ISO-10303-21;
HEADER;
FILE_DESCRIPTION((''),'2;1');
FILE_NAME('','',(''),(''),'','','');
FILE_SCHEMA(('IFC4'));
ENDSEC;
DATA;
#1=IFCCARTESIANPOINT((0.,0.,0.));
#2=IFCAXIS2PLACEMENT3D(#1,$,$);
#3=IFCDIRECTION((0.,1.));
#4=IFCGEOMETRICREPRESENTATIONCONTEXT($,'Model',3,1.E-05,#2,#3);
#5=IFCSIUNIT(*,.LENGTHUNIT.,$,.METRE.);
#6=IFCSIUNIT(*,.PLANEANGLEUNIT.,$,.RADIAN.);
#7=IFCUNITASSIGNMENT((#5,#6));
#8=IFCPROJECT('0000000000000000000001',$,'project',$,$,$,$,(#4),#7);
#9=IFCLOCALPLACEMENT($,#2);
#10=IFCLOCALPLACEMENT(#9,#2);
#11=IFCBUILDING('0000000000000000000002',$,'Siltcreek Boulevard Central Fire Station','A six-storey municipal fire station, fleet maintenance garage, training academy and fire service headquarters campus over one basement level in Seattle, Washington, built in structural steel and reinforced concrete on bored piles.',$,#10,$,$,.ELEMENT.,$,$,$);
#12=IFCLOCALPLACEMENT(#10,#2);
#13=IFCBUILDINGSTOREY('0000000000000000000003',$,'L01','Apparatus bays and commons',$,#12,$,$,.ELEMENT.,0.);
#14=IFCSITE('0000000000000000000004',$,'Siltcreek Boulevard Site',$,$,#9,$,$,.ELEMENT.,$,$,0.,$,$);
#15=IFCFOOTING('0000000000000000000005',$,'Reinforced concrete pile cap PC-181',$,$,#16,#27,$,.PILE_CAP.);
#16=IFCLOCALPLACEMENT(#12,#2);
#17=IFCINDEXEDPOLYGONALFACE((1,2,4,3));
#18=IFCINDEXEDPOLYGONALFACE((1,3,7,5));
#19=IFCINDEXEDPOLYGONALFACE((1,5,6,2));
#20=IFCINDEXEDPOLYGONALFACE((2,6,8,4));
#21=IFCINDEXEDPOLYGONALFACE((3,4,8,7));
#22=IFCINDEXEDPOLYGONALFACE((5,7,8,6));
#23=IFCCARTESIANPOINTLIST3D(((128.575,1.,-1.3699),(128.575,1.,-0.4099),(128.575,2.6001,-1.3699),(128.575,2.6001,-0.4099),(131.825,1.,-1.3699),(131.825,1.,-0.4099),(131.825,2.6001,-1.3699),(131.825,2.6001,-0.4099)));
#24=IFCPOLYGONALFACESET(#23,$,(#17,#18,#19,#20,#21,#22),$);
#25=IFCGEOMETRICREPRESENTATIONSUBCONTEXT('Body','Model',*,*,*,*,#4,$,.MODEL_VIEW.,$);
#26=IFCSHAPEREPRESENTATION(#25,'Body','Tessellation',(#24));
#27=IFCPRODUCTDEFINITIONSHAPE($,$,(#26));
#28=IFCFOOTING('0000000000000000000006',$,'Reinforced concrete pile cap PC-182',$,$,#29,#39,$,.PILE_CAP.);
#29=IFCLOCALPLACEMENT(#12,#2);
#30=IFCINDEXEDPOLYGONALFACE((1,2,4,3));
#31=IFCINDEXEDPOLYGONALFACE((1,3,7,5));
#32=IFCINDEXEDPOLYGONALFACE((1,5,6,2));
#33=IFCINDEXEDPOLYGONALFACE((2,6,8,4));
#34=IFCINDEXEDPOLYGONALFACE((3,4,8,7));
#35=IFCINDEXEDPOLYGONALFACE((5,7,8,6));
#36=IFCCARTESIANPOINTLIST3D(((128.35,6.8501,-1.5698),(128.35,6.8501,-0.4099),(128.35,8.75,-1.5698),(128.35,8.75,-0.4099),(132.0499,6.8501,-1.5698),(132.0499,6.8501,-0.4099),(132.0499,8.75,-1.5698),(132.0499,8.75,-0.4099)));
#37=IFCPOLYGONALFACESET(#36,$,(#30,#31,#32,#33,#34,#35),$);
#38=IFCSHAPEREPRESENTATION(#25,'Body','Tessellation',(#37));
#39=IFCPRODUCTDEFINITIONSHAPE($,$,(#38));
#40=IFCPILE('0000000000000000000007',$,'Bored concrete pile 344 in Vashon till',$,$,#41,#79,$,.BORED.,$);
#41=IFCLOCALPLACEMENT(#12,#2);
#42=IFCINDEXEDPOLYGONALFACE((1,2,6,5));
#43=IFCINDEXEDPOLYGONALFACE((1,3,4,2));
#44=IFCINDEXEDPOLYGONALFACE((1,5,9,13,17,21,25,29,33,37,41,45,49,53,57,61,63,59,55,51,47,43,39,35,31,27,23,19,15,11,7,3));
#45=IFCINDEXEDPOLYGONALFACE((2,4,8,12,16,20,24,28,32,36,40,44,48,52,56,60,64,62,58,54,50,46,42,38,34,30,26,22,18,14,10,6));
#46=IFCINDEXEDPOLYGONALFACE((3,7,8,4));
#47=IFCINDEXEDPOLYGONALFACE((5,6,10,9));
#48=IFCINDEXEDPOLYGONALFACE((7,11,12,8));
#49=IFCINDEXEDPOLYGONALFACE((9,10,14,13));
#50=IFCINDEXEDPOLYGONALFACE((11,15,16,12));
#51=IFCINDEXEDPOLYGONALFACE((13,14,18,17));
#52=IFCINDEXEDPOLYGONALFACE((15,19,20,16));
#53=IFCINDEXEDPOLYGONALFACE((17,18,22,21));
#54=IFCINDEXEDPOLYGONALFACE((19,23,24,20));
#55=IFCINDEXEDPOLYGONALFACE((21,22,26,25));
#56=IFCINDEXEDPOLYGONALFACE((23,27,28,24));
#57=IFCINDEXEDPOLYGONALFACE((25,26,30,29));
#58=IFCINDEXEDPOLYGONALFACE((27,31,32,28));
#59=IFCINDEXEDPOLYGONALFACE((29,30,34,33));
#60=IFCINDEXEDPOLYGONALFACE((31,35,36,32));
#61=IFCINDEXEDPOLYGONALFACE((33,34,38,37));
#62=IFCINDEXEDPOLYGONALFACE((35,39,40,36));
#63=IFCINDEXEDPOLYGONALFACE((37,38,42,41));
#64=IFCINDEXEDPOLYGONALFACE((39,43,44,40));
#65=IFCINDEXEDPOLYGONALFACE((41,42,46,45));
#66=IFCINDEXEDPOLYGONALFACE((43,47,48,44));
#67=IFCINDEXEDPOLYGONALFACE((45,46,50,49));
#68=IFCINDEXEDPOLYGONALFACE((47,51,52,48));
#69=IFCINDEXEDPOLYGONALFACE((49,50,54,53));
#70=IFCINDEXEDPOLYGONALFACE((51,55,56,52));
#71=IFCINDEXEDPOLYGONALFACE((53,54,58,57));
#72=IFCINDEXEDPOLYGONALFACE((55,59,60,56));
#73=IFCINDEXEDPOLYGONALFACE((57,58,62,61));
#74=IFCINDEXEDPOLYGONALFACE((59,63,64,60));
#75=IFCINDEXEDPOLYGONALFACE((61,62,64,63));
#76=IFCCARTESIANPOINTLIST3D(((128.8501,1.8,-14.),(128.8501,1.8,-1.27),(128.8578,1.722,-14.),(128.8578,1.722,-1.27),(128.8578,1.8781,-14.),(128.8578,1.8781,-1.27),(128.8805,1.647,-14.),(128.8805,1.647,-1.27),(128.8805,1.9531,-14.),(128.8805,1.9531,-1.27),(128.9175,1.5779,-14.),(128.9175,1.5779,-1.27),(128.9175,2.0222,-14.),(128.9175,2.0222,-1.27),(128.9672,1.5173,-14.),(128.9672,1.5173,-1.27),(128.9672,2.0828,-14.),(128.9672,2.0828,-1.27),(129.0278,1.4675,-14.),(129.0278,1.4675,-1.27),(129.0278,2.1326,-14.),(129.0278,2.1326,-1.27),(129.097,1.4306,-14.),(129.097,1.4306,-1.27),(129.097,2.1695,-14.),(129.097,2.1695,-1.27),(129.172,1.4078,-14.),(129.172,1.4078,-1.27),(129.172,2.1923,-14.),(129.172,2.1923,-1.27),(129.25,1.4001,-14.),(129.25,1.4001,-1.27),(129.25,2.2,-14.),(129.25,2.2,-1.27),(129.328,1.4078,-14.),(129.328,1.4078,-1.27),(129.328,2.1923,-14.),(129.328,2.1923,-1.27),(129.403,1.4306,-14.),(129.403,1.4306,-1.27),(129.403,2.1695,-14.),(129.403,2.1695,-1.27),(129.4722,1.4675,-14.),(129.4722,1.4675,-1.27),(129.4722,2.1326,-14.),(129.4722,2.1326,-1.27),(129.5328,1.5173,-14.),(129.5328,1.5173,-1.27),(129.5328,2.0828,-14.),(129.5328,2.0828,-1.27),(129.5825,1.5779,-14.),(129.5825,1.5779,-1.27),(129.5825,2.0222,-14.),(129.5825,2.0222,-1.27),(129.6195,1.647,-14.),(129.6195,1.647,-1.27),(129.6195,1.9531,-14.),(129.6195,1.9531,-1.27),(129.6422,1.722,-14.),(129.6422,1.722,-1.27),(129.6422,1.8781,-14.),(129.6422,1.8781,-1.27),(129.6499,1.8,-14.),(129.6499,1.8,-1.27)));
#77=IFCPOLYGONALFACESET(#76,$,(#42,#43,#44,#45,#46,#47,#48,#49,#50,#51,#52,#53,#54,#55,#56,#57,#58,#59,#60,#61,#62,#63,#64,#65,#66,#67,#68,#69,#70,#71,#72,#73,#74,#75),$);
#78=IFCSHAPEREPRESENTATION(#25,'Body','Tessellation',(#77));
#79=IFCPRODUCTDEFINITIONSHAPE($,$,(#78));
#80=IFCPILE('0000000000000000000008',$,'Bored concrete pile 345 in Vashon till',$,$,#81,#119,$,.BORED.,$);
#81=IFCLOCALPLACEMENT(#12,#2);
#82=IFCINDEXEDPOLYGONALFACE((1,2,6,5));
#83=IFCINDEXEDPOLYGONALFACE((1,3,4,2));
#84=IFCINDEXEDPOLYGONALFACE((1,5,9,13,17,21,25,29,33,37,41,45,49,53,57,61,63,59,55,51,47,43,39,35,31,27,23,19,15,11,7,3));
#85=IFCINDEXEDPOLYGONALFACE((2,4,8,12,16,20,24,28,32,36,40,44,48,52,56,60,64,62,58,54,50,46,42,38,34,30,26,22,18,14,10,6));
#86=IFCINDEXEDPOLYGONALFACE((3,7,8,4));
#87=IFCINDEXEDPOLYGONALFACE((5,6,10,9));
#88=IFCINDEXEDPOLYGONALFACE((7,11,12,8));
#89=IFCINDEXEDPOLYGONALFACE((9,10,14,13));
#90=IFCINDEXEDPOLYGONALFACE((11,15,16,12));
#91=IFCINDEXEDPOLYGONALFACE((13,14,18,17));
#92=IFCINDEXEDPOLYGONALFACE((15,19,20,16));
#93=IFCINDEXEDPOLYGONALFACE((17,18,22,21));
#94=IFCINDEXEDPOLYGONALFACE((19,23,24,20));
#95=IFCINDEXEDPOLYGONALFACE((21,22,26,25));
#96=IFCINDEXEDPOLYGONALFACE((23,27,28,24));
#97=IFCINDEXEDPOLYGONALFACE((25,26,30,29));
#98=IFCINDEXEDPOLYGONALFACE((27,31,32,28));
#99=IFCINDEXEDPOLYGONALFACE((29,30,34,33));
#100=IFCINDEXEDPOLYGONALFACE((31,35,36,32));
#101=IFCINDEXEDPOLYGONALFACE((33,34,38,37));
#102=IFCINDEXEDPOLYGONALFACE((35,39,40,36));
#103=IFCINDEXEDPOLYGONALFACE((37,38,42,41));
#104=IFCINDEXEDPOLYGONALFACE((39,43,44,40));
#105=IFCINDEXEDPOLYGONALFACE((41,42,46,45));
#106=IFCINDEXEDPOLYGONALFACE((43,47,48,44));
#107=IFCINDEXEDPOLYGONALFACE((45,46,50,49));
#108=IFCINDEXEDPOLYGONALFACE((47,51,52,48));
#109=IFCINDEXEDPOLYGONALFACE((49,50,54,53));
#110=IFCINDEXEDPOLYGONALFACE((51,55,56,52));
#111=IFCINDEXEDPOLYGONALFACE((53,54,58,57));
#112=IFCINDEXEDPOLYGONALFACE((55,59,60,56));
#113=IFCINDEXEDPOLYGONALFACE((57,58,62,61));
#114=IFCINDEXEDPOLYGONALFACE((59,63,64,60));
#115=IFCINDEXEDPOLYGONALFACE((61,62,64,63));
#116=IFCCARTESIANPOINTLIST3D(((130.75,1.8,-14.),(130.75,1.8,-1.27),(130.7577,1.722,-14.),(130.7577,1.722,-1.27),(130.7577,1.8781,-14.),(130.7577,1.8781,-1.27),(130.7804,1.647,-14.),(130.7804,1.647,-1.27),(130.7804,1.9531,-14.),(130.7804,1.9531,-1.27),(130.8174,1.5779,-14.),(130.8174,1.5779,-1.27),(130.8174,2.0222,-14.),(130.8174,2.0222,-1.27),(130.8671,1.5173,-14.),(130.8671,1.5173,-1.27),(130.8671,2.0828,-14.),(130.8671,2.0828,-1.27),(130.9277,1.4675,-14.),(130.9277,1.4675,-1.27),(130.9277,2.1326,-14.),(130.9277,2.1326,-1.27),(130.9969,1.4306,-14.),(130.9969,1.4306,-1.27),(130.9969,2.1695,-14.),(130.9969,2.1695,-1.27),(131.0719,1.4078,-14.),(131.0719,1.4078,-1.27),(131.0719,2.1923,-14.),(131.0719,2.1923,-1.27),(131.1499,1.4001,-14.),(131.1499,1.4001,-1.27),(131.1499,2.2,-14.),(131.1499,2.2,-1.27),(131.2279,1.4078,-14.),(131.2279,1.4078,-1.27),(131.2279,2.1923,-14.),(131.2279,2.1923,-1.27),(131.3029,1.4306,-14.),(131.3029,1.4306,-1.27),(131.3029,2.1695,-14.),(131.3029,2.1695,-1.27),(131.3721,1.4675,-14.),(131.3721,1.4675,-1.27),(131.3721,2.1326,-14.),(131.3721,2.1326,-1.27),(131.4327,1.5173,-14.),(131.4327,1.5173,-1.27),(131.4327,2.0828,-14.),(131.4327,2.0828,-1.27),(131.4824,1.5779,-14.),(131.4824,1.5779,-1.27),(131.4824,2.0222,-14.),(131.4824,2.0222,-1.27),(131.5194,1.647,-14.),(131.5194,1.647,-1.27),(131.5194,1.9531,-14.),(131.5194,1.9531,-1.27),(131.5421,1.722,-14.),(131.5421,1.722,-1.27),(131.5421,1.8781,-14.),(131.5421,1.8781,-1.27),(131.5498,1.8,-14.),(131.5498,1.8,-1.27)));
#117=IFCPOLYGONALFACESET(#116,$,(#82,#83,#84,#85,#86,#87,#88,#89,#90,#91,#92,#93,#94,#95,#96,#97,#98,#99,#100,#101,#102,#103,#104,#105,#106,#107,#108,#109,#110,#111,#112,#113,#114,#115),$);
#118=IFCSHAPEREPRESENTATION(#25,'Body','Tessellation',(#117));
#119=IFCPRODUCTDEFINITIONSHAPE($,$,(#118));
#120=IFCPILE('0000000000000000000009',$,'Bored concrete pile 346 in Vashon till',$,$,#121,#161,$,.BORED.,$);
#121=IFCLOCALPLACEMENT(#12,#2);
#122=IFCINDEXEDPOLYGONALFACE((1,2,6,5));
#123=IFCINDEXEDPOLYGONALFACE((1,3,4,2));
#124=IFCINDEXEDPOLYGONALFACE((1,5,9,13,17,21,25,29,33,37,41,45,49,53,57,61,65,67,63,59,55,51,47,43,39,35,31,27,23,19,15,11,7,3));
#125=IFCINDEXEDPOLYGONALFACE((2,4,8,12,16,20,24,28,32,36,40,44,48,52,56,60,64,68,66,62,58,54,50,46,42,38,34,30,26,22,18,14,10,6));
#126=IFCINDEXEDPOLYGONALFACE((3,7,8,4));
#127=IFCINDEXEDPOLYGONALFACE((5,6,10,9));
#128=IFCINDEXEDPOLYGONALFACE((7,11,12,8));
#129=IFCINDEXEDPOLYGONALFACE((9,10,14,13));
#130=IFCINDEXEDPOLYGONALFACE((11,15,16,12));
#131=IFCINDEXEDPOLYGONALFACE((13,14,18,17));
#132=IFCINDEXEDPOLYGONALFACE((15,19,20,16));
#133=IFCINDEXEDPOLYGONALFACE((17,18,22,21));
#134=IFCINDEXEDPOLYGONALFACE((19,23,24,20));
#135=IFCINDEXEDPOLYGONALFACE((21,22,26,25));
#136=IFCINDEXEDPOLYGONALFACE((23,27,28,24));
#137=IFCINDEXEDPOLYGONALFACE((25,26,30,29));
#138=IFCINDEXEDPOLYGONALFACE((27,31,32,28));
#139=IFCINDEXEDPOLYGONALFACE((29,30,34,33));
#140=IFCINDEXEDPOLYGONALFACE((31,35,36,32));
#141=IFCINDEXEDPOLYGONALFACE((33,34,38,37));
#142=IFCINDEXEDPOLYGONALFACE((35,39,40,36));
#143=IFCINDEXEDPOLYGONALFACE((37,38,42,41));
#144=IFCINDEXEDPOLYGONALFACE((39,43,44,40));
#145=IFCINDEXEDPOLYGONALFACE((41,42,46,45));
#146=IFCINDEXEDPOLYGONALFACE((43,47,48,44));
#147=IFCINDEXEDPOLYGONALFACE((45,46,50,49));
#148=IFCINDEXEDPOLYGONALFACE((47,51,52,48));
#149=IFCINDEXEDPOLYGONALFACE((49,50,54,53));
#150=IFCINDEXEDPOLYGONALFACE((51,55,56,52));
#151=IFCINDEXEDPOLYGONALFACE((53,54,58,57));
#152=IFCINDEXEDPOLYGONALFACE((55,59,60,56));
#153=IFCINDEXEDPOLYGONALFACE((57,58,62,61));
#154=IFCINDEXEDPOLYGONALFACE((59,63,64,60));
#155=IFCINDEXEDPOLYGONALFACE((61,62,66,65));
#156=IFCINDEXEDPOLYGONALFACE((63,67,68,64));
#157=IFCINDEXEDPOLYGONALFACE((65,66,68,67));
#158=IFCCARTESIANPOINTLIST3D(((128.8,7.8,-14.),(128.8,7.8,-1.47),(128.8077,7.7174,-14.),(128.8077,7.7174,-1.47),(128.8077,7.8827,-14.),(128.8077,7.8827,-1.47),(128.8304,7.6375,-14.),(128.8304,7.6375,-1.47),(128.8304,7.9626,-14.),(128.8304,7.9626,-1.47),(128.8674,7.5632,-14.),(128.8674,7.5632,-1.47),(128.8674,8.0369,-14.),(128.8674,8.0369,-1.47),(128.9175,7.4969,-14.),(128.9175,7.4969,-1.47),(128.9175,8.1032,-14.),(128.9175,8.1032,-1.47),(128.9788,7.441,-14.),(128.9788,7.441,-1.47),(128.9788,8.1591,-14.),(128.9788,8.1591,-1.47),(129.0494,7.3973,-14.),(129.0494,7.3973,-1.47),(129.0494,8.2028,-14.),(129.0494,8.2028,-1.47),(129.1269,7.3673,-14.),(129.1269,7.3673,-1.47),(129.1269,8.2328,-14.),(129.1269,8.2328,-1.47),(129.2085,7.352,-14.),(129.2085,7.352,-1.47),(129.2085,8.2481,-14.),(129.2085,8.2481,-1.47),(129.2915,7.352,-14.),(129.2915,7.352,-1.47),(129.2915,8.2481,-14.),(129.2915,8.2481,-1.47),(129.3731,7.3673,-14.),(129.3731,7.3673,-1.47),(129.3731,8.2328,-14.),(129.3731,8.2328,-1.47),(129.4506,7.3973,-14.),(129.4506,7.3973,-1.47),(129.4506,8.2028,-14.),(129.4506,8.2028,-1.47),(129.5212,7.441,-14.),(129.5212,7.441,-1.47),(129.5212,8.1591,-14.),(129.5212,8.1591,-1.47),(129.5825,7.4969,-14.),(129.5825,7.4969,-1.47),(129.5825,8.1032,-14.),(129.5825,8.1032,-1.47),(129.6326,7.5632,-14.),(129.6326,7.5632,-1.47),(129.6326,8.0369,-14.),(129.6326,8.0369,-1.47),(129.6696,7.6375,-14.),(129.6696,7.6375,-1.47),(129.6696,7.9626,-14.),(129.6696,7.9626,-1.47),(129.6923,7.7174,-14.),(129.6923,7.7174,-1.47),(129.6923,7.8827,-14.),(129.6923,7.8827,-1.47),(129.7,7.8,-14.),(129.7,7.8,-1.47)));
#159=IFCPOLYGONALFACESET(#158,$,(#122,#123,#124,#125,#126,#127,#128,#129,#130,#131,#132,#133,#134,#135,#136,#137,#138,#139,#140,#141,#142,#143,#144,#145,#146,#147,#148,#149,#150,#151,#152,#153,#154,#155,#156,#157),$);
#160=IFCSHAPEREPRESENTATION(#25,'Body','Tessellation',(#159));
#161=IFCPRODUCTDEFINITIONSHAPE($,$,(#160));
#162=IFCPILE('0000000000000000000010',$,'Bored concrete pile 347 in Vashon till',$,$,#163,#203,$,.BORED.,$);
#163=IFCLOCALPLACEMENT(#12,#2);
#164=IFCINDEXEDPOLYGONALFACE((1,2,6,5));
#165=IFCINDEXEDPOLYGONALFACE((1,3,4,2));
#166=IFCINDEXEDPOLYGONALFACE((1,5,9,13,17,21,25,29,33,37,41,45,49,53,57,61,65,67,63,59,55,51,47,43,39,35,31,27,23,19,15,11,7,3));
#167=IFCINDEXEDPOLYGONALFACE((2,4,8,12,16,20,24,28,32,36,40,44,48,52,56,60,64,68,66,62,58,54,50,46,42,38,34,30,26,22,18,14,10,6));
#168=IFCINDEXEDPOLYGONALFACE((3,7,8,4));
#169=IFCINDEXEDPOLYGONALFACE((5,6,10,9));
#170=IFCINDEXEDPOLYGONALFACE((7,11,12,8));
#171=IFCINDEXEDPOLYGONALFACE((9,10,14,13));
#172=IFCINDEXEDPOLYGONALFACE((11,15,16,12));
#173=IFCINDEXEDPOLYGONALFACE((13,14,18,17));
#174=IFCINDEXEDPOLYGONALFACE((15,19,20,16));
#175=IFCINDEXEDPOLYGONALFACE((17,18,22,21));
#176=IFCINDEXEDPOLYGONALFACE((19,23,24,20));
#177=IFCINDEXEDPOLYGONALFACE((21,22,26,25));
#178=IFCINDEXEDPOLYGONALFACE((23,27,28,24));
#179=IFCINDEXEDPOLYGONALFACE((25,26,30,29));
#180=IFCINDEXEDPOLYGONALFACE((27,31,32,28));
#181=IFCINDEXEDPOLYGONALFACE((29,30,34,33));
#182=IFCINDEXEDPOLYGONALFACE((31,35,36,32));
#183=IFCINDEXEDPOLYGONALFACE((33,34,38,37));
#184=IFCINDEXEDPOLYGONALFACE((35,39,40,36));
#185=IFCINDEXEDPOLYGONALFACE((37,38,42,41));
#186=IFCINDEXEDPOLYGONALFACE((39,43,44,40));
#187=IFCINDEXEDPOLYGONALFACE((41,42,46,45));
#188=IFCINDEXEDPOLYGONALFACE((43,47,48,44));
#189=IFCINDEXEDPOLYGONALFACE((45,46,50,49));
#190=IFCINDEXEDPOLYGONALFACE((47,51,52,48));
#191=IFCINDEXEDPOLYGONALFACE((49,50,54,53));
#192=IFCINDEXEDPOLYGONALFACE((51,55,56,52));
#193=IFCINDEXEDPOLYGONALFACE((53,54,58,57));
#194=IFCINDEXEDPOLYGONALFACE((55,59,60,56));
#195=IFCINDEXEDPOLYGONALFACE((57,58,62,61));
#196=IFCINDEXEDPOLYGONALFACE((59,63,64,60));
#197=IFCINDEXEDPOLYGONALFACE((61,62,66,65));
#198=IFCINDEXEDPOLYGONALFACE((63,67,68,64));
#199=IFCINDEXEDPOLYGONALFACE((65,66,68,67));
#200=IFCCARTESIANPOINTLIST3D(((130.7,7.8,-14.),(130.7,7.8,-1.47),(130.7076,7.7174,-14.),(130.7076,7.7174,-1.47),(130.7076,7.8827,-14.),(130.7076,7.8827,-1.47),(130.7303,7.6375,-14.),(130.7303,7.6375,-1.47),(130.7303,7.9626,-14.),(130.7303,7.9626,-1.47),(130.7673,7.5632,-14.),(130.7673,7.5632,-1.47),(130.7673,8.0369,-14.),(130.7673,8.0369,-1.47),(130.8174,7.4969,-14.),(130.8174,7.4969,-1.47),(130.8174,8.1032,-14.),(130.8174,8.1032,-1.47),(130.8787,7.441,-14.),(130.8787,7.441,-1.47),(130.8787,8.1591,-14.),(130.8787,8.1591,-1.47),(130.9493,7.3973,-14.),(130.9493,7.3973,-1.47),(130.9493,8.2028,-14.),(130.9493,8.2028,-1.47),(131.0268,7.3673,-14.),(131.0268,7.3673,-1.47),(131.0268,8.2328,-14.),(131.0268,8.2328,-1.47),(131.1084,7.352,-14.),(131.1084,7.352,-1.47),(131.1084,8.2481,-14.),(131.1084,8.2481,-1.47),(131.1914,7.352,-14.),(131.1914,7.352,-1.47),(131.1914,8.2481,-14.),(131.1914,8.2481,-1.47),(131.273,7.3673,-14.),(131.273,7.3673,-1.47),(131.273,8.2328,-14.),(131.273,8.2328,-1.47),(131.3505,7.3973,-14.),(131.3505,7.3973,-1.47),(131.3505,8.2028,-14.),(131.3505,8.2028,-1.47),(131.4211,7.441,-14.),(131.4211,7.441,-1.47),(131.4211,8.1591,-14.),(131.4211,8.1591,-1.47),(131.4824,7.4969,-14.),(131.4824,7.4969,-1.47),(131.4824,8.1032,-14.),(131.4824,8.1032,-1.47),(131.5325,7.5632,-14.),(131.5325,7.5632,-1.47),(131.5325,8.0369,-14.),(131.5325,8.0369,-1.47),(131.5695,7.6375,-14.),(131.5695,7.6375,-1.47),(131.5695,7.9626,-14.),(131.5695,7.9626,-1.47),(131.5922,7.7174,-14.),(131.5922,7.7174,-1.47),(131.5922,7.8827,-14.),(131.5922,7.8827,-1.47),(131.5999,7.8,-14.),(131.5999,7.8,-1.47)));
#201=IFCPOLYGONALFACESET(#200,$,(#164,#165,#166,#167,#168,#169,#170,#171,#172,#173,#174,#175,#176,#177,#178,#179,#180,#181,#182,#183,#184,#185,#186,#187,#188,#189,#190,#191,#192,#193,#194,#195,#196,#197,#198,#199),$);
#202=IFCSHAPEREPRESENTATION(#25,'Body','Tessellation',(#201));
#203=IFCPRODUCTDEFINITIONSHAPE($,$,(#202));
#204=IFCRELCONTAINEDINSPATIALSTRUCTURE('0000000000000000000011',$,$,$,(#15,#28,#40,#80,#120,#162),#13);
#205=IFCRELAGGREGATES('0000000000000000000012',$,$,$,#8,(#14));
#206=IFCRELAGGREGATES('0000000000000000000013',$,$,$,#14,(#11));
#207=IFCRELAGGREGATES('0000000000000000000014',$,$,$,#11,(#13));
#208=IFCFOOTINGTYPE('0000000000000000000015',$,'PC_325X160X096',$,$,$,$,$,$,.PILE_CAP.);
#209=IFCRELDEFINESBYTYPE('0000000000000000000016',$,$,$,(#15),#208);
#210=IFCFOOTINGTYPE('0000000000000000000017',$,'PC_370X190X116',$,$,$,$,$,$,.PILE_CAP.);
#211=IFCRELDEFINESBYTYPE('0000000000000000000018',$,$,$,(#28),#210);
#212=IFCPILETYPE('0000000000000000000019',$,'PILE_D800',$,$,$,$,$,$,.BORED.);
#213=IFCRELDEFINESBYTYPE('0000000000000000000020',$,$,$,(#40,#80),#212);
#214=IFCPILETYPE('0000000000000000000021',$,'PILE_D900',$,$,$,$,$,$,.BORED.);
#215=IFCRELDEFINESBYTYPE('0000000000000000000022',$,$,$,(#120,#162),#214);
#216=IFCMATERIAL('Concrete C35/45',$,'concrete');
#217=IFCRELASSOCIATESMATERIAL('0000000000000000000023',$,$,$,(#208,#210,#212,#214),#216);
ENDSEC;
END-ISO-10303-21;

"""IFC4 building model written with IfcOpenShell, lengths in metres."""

from ifc_helpers import new_model, si_unit, direction, frame, origin, origin_2d, place, context, subcontext, project, spatial, rectangle, circle, extrude, material, material_profile, profile_set, type_object, element, save


model = new_model("IFC4")

# Units and contexts
model_context = context("Model", 3, precision=1e-05, world=origin(), true_north=direction((0.0, 1.0)))
body_context = subcontext(model_context, "Body", "Model", "MODEL_VIEW")
ifc_project = project(units=[si_unit("LENGTHUNIT", "METRE"), si_unit("PLANEANGLEUNIT", "RADIAN")], contexts=[model_context])

# Site, building, storey
site_placement = place(None, origin())
site = spatial("IfcSite", under=ifc_project, at=site_placement, Name="Siltcreek Boulevard Site", CompositionType="ELEMENT", RefElevation=0.0)
building_placement = place(site_placement, origin())
building = spatial("IfcBuilding", under=site, at=building_placement, Name="Siltcreek Boulevard Central Fire Station", Description="A six-storey municipal fire station, fleet maintenance garage, training academy and fire service headquarters campus over one basement level in Seattle, Washington, built in structural steel and reinforced concrete on bored piles.", CompositionType="ELEMENT")
storey_placement = place(building_placement, origin())
storey = spatial("IfcBuildingStorey", under=building, at=storey_placement, Name="L01", Description="Apparatus bays and commons", CompositionType="ELEMENT", Elevation=0.0)

# Footings
ifc_material_1 = material(Name="Concrete C35/45", Category="concrete")
footing_type_1 = type_object("IfcFootingType", Name="PC_325X160X096", PredefinedType="PILE_CAP", material=ifc_material_1)
footing_1_placement = place(storey_placement, frame((130.2, 1.8, -1.3699), z_axis=(0.0, 0.0, 1.0), x_axis=(1.0, 0.0, 0.0)))
element("IfcFooting", 1, at=footing_1_placement, inside=storey, type_object=footing_type_1, Name="Reinforced concrete pile cap PC-181", PredefinedType="PILE_CAP", context=body_context, shape_type="SweptSolid", body=[
    extrude(rectangle(XDim=3.25, YDim=1.6001, at=origin_2d()), origin(), (0.0, 0.0, 1.0), 0.96),
])
footing_type_2 = type_object("IfcFootingType", Name="PC_370X190X116", PredefinedType="PILE_CAP", material=ifc_material_1)
footing_2_placement = place(storey_placement, frame((130.2, 7.8, -1.5698), z_axis=(0.0, 0.0, 1.0), x_axis=(1.0, 0.0, 0.0)))
element("IfcFooting", 2, at=footing_2_placement, inside=storey, type_object=footing_type_2, Name="Reinforced concrete pile cap PC-182", PredefinedType="PILE_CAP", context=body_context, shape_type="SweptSolid", body=[
    extrude(rectangle(XDim=3.7, YDim=1.8999, at=origin_2d()), origin(), (0.0, 0.0, 1.0), 1.1599),
])

# Piles
ifc_material_profile_1 = material_profile(ifc_material_1, circle(Radius=0.3999, at=origin_2d()), Name="SHAFT800")
ifc_profile_set_1 = profile_set([ifc_material_profile_1], Name="Concrete C35/45")
pile_type_1 = type_object("IfcPileType", Name="PILE_D800", PredefinedType="BORED", material=ifc_profile_set_1)
for number, where, z_axis, x_axis, name in (
    (3, (129.25, 1.8, -1.27), (0.0, 0.0, -1.0), (1.0, 0.0, 0.0), "Bored concrete pile 344 in Vashon till"),
    (4, (131.1499, 1.8, -1.27), (0.0, 0.0, -1.0), (1.0, 0.0, 0.0), "Bored concrete pile 345 in Vashon till"),
):
    element("IfcPile", number, at=place(storey_placement, frame(where, z_axis=z_axis, x_axis=x_axis)), inside=storey, type_object=pile_type_1, Name=name, PredefinedType="BORED", context=body_context, shape_type="SweptSolid", body=[
        extrude(circle(Radius=0.3999, at=origin_2d()), origin(), (0.0, 0.0, 1.0), 12.73),
    ])
ifc_material_profile_2 = material_profile(ifc_material_1, circle(Radius=0.45, at=origin_2d()), Name="SHAFT900")
ifc_profile_set_2 = profile_set([ifc_material_profile_2], Name="Concrete C35/45")
pile_type_2 = type_object("IfcPileType", Name="PILE_D900", PredefinedType="BORED", material=ifc_profile_set_2)
for number, where, z_axis, x_axis, name in (
    (5, (129.25, 7.8, -1.47), (0.0, 0.0, -1.0), (1.0, 0.0, 0.0), "Bored concrete pile 346 in Vashon till"),
    (6, (131.1499, 7.8, -1.47), (0.0, 0.0, -1.0), (1.0, 0.0, 0.0), "Bored concrete pile 347 in Vashon till"),
):
    element("IfcPile", number, at=place(storey_placement, frame(where, z_axis=z_axis, x_axis=x_axis)), inside=storey, type_object=pile_type_2, Name=name, PredefinedType="BORED", context=body_context, shape_type="SweptSolid", body=[
        extrude(circle(Radius=0.45, at=origin_2d()), origin(), (0.0, 0.0, 1.0), 12.53),
    ])

save(model, "model.ifc")
